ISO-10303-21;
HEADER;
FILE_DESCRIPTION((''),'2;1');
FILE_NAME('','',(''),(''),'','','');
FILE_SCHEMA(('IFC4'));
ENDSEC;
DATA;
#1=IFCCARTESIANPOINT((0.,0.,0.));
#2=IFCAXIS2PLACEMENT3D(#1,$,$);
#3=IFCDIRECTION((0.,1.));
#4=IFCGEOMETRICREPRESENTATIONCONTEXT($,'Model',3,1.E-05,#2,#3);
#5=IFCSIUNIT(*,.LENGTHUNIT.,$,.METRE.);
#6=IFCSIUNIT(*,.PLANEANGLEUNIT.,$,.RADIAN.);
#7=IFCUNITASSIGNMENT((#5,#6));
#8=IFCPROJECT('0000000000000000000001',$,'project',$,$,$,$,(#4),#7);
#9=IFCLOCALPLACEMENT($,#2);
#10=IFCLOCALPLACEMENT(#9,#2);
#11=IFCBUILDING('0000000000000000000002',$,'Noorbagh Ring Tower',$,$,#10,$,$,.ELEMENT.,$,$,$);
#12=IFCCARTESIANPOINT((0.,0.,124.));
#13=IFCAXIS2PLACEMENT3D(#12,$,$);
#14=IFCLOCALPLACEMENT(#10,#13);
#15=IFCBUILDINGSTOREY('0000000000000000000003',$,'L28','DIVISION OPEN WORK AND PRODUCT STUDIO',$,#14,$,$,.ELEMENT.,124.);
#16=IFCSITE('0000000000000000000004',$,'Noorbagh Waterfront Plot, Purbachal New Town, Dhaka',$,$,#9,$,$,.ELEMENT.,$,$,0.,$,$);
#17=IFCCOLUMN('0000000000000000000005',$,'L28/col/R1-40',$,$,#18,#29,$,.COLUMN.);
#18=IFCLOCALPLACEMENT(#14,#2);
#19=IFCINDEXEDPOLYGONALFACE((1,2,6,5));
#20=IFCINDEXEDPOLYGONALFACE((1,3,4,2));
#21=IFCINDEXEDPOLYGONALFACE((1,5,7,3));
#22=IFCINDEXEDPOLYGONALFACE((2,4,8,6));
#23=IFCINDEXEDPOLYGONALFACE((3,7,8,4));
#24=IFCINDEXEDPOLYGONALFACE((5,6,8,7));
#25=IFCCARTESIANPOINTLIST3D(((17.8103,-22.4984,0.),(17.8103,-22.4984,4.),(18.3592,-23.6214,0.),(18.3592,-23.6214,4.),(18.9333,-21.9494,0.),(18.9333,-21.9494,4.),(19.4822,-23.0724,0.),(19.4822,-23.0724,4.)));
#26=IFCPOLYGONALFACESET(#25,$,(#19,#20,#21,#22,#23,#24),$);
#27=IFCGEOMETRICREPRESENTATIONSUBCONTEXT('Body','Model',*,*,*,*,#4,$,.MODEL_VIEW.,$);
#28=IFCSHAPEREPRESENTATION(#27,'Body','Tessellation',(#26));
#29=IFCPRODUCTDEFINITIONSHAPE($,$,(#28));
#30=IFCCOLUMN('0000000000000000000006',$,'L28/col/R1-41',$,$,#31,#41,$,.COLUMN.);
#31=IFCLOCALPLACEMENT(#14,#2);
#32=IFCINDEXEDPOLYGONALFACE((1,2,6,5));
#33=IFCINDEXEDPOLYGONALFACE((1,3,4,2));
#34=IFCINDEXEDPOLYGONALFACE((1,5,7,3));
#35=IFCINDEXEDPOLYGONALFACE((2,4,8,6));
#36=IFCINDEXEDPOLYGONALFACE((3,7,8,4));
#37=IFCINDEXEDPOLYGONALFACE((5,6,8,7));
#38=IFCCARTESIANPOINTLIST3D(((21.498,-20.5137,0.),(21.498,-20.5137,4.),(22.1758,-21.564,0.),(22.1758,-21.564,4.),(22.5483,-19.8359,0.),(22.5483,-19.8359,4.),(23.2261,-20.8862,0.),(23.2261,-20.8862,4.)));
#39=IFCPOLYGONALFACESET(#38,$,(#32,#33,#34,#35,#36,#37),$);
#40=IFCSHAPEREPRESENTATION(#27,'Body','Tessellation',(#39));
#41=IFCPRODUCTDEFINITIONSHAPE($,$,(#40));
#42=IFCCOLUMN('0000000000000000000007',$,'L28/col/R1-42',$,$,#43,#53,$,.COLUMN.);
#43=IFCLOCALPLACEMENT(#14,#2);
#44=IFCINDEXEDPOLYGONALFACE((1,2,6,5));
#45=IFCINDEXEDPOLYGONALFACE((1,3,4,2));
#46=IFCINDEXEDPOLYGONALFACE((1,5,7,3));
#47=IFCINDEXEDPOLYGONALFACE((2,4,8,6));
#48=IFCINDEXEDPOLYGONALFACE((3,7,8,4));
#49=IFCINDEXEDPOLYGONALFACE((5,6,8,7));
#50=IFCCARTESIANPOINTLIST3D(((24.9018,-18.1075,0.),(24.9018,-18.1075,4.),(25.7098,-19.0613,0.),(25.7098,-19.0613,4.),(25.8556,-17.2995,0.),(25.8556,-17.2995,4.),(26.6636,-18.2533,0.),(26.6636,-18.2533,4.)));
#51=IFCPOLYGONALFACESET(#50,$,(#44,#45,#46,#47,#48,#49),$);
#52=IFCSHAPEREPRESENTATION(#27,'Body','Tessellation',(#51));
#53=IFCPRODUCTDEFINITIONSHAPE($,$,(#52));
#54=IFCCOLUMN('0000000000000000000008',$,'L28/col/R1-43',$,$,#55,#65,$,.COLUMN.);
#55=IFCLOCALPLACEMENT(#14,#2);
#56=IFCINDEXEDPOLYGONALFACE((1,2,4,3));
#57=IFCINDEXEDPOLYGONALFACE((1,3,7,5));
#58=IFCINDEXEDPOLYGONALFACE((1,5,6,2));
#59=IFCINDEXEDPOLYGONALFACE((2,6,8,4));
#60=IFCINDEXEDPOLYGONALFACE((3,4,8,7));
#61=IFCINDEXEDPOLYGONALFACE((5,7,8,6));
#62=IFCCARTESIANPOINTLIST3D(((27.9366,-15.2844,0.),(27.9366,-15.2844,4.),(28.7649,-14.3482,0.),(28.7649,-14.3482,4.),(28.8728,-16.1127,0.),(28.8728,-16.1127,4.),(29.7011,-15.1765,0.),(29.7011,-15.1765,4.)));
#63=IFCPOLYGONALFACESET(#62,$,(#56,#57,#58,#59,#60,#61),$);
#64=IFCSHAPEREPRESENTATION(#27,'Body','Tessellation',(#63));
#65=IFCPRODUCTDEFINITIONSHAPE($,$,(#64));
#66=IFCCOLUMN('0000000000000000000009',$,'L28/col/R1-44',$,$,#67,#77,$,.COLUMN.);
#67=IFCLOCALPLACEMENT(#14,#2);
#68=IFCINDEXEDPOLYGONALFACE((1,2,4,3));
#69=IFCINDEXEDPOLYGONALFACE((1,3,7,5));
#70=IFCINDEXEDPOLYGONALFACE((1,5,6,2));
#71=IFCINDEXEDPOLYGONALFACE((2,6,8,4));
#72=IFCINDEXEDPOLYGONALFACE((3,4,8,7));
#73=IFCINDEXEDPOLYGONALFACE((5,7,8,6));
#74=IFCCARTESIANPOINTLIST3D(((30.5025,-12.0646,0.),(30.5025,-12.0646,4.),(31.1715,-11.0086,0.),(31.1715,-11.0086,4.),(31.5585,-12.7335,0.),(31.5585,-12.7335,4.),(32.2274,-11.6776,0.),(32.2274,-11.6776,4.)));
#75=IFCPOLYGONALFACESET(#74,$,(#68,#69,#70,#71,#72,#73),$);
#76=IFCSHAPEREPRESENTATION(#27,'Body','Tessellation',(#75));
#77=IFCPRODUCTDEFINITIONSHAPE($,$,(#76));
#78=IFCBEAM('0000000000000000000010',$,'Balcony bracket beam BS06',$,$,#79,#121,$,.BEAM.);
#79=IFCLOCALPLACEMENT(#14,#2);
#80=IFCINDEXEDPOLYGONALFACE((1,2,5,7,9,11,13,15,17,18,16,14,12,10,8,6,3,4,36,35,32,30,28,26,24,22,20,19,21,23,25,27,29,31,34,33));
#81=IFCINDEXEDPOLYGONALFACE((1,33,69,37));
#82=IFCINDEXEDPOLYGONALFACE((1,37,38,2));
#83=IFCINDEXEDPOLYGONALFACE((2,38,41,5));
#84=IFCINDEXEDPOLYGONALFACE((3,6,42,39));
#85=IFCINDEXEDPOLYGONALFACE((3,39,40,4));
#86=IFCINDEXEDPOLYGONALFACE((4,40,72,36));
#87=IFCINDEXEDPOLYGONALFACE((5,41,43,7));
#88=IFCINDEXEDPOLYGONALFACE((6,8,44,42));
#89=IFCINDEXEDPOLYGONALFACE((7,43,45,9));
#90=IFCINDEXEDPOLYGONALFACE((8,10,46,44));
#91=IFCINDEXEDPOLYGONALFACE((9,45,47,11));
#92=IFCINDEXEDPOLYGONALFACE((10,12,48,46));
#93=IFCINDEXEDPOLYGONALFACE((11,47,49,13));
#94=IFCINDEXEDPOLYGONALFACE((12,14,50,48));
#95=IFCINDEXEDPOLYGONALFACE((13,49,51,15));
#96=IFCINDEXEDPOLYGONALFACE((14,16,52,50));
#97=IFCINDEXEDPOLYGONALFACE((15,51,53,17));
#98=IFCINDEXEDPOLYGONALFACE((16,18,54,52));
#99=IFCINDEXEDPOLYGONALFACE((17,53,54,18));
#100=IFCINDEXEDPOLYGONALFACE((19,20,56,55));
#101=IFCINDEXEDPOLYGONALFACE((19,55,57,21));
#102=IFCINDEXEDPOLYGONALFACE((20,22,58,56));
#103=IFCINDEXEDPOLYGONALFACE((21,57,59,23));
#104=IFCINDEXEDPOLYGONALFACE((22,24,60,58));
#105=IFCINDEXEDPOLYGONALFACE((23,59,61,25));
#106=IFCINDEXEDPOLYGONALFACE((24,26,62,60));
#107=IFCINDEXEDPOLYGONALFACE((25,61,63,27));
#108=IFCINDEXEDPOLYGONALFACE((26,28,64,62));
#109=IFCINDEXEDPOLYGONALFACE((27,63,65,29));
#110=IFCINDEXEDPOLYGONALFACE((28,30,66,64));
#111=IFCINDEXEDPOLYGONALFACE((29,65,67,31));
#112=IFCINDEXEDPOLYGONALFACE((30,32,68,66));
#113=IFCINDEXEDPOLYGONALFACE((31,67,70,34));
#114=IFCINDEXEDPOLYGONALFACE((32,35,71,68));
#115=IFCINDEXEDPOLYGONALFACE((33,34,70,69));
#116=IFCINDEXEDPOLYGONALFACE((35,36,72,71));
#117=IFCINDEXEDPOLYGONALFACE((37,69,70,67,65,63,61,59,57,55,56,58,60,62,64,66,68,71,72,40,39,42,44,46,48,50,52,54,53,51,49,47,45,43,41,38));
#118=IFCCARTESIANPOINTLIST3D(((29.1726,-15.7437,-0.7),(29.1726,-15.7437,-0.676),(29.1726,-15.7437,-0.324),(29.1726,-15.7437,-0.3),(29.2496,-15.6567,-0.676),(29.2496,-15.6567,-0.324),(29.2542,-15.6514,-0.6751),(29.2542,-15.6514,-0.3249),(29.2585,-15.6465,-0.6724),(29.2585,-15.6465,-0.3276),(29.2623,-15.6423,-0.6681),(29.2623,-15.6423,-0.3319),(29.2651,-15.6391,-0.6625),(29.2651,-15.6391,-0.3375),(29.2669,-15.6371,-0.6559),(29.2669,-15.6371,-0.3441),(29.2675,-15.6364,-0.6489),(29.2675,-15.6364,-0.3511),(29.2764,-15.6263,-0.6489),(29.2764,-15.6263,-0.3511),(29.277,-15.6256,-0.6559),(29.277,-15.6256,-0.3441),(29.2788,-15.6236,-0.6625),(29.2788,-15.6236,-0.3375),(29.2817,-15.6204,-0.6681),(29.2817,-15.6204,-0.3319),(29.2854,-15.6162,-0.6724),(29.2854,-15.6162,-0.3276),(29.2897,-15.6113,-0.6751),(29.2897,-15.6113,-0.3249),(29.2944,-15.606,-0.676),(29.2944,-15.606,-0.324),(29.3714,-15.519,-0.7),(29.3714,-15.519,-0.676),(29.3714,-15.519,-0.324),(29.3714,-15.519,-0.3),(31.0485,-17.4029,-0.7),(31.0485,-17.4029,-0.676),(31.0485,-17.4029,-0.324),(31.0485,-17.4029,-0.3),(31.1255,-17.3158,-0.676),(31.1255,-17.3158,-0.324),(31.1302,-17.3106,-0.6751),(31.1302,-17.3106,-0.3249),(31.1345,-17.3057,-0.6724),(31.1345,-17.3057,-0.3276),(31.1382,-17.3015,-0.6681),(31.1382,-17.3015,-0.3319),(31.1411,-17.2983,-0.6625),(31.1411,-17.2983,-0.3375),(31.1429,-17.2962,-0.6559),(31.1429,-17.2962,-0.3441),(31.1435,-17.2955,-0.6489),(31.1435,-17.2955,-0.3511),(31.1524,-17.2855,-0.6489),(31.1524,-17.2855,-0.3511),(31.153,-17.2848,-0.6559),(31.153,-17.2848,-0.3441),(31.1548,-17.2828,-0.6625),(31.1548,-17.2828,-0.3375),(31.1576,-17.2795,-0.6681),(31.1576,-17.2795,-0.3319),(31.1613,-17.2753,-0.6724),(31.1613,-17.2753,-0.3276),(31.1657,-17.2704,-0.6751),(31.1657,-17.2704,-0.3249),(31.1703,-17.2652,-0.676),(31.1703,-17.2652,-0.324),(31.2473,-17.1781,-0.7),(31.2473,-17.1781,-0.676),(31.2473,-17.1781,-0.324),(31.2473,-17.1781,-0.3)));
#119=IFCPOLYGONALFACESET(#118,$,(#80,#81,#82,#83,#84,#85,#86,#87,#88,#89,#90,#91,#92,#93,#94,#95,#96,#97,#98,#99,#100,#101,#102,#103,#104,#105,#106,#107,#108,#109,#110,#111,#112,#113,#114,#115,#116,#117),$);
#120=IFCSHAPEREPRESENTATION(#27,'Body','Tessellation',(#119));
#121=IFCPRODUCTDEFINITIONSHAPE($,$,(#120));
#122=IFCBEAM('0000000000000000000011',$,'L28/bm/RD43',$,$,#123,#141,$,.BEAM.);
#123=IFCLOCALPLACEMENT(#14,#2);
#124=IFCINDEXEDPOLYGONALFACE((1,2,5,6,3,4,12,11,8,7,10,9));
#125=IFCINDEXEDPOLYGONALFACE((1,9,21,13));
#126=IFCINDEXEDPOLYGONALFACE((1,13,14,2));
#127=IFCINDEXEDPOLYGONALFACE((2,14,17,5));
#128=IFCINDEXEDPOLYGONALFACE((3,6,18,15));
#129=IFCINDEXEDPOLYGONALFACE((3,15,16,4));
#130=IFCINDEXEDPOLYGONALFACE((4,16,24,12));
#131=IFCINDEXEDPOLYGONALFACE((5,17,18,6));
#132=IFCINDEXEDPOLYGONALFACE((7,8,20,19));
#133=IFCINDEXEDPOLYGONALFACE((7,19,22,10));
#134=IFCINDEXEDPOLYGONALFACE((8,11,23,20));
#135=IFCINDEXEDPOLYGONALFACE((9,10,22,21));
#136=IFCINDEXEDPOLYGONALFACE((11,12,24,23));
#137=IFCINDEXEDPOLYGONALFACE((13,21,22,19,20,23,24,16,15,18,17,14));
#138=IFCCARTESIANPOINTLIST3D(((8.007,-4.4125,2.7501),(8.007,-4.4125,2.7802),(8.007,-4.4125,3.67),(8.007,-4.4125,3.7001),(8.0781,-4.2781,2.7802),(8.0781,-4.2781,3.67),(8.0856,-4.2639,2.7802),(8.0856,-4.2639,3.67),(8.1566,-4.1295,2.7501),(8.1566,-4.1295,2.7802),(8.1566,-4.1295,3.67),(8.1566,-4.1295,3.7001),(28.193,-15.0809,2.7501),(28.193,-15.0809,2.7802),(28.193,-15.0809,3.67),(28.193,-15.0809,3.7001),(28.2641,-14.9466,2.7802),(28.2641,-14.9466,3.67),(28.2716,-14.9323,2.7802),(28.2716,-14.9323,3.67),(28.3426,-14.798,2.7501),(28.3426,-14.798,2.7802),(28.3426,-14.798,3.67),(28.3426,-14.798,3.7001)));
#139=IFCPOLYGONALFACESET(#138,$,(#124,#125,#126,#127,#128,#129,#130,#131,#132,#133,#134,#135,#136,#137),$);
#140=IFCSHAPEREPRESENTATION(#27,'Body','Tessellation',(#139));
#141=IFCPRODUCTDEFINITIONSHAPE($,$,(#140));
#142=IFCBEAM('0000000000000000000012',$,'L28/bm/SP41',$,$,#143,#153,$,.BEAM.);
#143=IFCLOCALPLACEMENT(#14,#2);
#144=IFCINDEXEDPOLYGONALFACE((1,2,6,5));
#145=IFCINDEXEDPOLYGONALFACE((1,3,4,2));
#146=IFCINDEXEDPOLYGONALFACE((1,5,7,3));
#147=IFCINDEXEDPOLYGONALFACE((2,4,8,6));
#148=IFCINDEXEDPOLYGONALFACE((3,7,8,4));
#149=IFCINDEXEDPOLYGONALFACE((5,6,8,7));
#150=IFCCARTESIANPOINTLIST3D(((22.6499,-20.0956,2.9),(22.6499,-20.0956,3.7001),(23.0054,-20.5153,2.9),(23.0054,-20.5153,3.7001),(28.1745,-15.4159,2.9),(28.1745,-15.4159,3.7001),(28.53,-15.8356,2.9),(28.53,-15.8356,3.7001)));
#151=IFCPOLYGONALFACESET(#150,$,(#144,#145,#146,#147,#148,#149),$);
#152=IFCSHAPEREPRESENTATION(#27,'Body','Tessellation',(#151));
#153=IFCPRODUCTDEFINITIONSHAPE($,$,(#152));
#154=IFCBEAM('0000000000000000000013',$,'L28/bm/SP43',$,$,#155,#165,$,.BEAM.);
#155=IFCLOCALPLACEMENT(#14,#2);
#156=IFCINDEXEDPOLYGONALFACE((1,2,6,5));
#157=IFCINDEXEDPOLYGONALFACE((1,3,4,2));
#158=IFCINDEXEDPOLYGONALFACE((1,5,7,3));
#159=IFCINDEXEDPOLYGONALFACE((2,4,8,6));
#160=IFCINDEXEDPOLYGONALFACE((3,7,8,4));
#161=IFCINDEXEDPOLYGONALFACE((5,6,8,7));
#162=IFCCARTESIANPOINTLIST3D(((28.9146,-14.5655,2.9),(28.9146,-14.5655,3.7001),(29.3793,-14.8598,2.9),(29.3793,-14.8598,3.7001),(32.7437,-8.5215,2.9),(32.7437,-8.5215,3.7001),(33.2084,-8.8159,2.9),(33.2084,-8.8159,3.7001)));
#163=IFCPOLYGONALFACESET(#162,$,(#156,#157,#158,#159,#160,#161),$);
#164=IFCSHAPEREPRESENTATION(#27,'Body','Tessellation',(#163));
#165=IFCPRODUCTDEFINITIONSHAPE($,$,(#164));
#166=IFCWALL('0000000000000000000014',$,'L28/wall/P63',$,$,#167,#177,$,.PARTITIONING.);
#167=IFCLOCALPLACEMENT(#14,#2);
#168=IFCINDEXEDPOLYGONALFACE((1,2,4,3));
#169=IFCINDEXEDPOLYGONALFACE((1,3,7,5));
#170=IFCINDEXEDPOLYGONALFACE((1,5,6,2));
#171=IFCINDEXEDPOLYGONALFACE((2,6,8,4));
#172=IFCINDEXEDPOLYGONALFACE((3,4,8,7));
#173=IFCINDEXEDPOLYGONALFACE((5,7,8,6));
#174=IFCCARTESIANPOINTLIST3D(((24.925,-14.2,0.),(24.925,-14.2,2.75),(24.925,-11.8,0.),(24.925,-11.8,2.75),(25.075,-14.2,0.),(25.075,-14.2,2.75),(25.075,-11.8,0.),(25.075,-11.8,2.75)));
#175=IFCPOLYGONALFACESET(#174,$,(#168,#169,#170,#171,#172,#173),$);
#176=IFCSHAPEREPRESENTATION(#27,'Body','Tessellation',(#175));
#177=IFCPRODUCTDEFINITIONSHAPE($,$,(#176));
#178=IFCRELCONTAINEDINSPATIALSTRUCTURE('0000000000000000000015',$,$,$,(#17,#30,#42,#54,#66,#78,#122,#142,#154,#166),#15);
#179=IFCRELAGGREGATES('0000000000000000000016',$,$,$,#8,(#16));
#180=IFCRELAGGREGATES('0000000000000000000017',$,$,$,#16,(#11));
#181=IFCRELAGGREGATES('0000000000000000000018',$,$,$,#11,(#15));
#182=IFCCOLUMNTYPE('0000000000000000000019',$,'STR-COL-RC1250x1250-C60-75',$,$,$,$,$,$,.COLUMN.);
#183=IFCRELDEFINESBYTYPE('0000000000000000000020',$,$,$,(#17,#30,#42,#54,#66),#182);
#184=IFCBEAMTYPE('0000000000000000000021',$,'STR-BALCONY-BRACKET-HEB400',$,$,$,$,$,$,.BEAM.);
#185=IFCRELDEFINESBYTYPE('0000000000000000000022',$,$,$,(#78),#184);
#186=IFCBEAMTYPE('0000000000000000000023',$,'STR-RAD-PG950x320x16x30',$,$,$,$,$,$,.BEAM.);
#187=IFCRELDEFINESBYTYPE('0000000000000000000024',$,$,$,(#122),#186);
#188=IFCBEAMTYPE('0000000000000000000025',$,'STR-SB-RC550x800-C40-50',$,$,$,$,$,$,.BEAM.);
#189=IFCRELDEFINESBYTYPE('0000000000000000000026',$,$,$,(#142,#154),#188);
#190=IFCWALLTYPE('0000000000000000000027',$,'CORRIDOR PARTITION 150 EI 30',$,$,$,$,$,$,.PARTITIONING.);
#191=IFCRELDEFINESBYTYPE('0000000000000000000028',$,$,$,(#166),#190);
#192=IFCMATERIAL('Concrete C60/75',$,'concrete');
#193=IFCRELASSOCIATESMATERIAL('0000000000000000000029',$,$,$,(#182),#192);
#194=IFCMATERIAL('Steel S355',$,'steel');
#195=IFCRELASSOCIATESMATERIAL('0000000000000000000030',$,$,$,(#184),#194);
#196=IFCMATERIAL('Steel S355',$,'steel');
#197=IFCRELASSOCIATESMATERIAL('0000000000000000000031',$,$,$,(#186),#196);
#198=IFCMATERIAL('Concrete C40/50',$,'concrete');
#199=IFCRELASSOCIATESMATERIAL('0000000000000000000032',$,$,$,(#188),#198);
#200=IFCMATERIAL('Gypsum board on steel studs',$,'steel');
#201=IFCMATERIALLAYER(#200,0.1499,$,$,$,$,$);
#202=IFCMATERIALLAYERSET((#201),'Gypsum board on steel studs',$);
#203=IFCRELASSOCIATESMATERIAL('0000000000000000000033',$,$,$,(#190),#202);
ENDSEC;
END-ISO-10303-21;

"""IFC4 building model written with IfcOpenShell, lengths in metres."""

from ifc_helpers import new_model, si_unit, direction, frame, frame_2d, origin, origin_2d, place, context, subcontext, project, spatial, rectangle, i_section, extrude, material, layer, layer_set, material_profile, profile_set, type_object, element, save


model = new_model("IFC4")

# Units and contexts
model_context = context("Model", 3, precision=1e-05, world=origin(), true_north=direction((0.0, 1.0)))
body_context = subcontext(model_context, "Body", "Model", "MODEL_VIEW")
ifc_project = project(units=[si_unit("LENGTHUNIT", "METRE"), si_unit("PLANEANGLEUNIT", "RADIAN")], contexts=[model_context])

# Site, building, storey
site_placement = place(None, origin())
site = spatial("IfcSite", under=ifc_project, at=site_placement, Name="Noorbagh Waterfront Plot, Purbachal New Town, Dhaka", CompositionType="ELEMENT", RefElevation=0.0)
building_placement = place(site_placement, origin())
building = spatial("IfcBuilding", under=site, at=building_placement, Name="Noorbagh Ring Tower", CompositionType="ELEMENT")
storey_placement = place(building_placement, frame((0.0, 0.0, 124.0)))
storey = spatial("IfcBuildingStorey", under=building, at=storey_placement, Name="L28", Description="DIVISION OPEN WORK AND PRODUCT STUDIO", CompositionType="ELEMENT", Elevation=124.0)

# Columns
ifc_material_1 = material(Name="Concrete C60/75", Category="concrete")
ifc_material_profile_1 = material_profile(ifc_material_1, rectangle(XDim=1.25, YDim=1.25, at=origin_2d()), Name="RC1250x1250")
ifc_profile_set_1 = profile_set([ifc_material_profile_1], Name="Concrete C60/75")
column_type = type_object("IfcColumnType", Name="STR-COL-RC1250x1250-C60-75", PredefinedType="COLUMN", material=ifc_profile_set_1)
for number, where, z_axis, x_axis, name in (
    (1, (18.6462, -22.7854, 0.0), (0.0, 0.0, 1.0), (0.898399, 0.43918, 0.0), "L28/col/R1-40"),
    (2, (22.3621, -20.7, 0.0), (0.0, 0.0, 1.0), (0.840248, 0.542203, 0.0), "L28/col/R1-41"),
    (3, (25.7827, -18.1804, 0.0), (0.0, 0.0, 1.0), (0.763035, 0.646357, 0.0), "L28/col/R1-42"),
    (4, (28.8188, -15.2305, 0.0), (0.0, 0.0, 1.0), (0.662636, 0.748942, 0.0), "L28/col/R1-43"),
    (5, (31.365, -11.8711, 0.0), (0.0, 0.0, 1.0), (0.53519, 0.844731, 0.0), "L28/col/R1-44"),
):
    element("IfcColumn", number, at=place(storey_placement, frame(where, z_axis=z_axis, x_axis=x_axis)), inside=storey, type_object=column_type, Name=name, PredefinedType="COLUMN", context=body_context, shape_type="SweptSolid", body=[
        extrude(rectangle(XDim=1.25, YDim=1.25, at=origin_2d()), origin(), (0.0, 0.0, 1.0), 4.0),
    ])

# Beams
ifc_material_2 = material(Name="Steel S355", Category="steel")
ifc_material_profile_2 = material_profile(ifc_material_2, i_section(OverallWidth=0.3, OverallDepth=0.3999, WebThickness=0.0134, FlangeThickness=0.0239, FilletRadius=0.0271, at=origin_2d()), Name="HEB400")
ifc_profile_set_2 = profile_set([ifc_material_profile_2], Name="Steel S355")
beam_type_1 = type_object("IfcBeamType", Name="STR-BALCONY-BRACKET-HEB400", PredefinedType="BEAM", material=ifc_profile_set_2)
beam_1_placement = place(storey_placement, frame((29.272, -15.6313, -0.5), z_axis=(0.749064, -0.662498, 0.0), x_axis=(0.662498, 0.749064, 0.0)))
element("IfcBeam", 6, at=beam_1_placement, inside=storey, type_object=beam_type_1, Name="Balcony bracket beam BS06", PredefinedType="BEAM", context=body_context, shape_type="SweptSolid", body=[
    extrude(i_section(OverallWidth=0.3, OverallDepth=0.3999, WebThickness=0.0134, FlangeThickness=0.0239, FilletRadius=0.0271, at=origin_2d()), origin(), (0.0, 0.0, 1.0), 2.5044),
])
ifc_material_3 = material(Name="Steel S355", Category="steel")
ifc_material_profile_3 = material_profile(ifc_material_3, i_section(OverallWidth=0.3201, OverallDepth=0.95, WebThickness=0.0161, FlangeThickness=0.03, at=origin_2d()), Name="PG950x320x16x30")
ifc_profile_set_3 = profile_set([ifc_material_profile_3], Name="Steel S355")
beam_type_2 = type_object("IfcBeamType", Name="STR-RAD-PG950x320x16x30", PredefinedType="BEAM", material=ifc_profile_set_3)
beam_2_placement = place(storey_placement, frame((28.2678, -14.9395, 3.2251), z_axis=(-0.884119, 0.467263, 0.0), x_axis=(-0.467263, -0.884119, 0.0)))
element("IfcBeam", 7, at=beam_2_placement, inside=storey, type_object=beam_type_2, Name="L28/bm/RD43", PredefinedType="BEAM", context=body_context, shape_type="SweptSolid", body=[
    extrude(i_section(OverallWidth=0.3201, OverallDepth=0.95, WebThickness=0.0161, FlangeThickness=0.03, at=origin_2d()), origin(), (0.0, 0.0, 1.0), 22.8318),
])
ifc_material_4 = material(Name="Concrete C40/50", Category="concrete")
ifc_material_profile_4 = material_profile(ifc_material_4, rectangle(XDim=0.55, YDim=0.8, at=origin_2d()), Name="RC550x800")
ifc_profile_set_4 = profile_set([ifc_material_profile_4], Name="Concrete C40/50")
beam_type_3 = type_object("IfcBeamType", Name="STR-SB-RC550x800-C40-50", PredefinedType="BEAM", material=ifc_profile_set_4)
beam_3_placement = place(storey_placement, frame((22.8276, -20.3054, 3.3), z_axis=(0.763047, 0.646343, 0.0), x_axis=(-0.646343, 0.763047, 0.0)))
element("IfcBeam", 8, at=beam_3_placement, inside=storey, type_object=beam_type_3, Name="L28/bm/SP41", PredefinedType="BEAM", context=body_context, shape_type="SweptSolid", body=[
    extrude(rectangle(XDim=0.55, YDim=0.8, at=origin_2d()), origin(), (0.0, 0.0, 1.0), 7.2402),
])
beam_4_placement = place(storey_placement, frame((29.147, -14.7126, 3.3), z_axis=(0.535179, 0.844739, 0.0), x_axis=(-0.844739, 0.535179, 0.0)))
element("IfcBeam", 9, at=beam_4_placement, inside=storey, type_object=beam_type_3, Name="L28/bm/SP43", PredefinedType="BEAM", context=body_context, shape_type="SweptSolid", body=[
    extrude(rectangle(XDim=0.55, YDim=0.8, at=origin_2d()), origin(), (0.0, 0.0, 1.0), 7.1548),
])

# Wall
ifc_material_5 = material(Name="Gypsum board on steel studs", Category="steel")
ifc_layer_1 = layer(ifc_material_5, 0.1499)
ifc_layer_set_1 = layer_set([ifc_layer_1], Name="Gypsum board on steel studs")
wall_type_1 = type_object("IfcWallType", Name="CORRIDOR PARTITION 150 EI 30", PredefinedType="PARTITIONING", material=ifc_layer_set_1)
wall_1_placement = place(storey_placement, frame((25.0, -14.2, 0.0), z_axis=(0.0, 0.0, 1.0), x_axis=(0.0, 1.0, 0.0)))
element("IfcWall", 10, at=wall_1_placement, inside=storey, type_object=wall_type_1, Name="L28/wall/P63", PredefinedType="PARTITIONING", context=body_context, shape_type="SweptSolid", body=[
    extrude(rectangle(XDim=2.3999, YDim=0.1499, at=frame_2d((1.2, 0.0))), origin(), (0.0, 0.0, 1.0), 2.75),
])

save(model, "model.ifc")
